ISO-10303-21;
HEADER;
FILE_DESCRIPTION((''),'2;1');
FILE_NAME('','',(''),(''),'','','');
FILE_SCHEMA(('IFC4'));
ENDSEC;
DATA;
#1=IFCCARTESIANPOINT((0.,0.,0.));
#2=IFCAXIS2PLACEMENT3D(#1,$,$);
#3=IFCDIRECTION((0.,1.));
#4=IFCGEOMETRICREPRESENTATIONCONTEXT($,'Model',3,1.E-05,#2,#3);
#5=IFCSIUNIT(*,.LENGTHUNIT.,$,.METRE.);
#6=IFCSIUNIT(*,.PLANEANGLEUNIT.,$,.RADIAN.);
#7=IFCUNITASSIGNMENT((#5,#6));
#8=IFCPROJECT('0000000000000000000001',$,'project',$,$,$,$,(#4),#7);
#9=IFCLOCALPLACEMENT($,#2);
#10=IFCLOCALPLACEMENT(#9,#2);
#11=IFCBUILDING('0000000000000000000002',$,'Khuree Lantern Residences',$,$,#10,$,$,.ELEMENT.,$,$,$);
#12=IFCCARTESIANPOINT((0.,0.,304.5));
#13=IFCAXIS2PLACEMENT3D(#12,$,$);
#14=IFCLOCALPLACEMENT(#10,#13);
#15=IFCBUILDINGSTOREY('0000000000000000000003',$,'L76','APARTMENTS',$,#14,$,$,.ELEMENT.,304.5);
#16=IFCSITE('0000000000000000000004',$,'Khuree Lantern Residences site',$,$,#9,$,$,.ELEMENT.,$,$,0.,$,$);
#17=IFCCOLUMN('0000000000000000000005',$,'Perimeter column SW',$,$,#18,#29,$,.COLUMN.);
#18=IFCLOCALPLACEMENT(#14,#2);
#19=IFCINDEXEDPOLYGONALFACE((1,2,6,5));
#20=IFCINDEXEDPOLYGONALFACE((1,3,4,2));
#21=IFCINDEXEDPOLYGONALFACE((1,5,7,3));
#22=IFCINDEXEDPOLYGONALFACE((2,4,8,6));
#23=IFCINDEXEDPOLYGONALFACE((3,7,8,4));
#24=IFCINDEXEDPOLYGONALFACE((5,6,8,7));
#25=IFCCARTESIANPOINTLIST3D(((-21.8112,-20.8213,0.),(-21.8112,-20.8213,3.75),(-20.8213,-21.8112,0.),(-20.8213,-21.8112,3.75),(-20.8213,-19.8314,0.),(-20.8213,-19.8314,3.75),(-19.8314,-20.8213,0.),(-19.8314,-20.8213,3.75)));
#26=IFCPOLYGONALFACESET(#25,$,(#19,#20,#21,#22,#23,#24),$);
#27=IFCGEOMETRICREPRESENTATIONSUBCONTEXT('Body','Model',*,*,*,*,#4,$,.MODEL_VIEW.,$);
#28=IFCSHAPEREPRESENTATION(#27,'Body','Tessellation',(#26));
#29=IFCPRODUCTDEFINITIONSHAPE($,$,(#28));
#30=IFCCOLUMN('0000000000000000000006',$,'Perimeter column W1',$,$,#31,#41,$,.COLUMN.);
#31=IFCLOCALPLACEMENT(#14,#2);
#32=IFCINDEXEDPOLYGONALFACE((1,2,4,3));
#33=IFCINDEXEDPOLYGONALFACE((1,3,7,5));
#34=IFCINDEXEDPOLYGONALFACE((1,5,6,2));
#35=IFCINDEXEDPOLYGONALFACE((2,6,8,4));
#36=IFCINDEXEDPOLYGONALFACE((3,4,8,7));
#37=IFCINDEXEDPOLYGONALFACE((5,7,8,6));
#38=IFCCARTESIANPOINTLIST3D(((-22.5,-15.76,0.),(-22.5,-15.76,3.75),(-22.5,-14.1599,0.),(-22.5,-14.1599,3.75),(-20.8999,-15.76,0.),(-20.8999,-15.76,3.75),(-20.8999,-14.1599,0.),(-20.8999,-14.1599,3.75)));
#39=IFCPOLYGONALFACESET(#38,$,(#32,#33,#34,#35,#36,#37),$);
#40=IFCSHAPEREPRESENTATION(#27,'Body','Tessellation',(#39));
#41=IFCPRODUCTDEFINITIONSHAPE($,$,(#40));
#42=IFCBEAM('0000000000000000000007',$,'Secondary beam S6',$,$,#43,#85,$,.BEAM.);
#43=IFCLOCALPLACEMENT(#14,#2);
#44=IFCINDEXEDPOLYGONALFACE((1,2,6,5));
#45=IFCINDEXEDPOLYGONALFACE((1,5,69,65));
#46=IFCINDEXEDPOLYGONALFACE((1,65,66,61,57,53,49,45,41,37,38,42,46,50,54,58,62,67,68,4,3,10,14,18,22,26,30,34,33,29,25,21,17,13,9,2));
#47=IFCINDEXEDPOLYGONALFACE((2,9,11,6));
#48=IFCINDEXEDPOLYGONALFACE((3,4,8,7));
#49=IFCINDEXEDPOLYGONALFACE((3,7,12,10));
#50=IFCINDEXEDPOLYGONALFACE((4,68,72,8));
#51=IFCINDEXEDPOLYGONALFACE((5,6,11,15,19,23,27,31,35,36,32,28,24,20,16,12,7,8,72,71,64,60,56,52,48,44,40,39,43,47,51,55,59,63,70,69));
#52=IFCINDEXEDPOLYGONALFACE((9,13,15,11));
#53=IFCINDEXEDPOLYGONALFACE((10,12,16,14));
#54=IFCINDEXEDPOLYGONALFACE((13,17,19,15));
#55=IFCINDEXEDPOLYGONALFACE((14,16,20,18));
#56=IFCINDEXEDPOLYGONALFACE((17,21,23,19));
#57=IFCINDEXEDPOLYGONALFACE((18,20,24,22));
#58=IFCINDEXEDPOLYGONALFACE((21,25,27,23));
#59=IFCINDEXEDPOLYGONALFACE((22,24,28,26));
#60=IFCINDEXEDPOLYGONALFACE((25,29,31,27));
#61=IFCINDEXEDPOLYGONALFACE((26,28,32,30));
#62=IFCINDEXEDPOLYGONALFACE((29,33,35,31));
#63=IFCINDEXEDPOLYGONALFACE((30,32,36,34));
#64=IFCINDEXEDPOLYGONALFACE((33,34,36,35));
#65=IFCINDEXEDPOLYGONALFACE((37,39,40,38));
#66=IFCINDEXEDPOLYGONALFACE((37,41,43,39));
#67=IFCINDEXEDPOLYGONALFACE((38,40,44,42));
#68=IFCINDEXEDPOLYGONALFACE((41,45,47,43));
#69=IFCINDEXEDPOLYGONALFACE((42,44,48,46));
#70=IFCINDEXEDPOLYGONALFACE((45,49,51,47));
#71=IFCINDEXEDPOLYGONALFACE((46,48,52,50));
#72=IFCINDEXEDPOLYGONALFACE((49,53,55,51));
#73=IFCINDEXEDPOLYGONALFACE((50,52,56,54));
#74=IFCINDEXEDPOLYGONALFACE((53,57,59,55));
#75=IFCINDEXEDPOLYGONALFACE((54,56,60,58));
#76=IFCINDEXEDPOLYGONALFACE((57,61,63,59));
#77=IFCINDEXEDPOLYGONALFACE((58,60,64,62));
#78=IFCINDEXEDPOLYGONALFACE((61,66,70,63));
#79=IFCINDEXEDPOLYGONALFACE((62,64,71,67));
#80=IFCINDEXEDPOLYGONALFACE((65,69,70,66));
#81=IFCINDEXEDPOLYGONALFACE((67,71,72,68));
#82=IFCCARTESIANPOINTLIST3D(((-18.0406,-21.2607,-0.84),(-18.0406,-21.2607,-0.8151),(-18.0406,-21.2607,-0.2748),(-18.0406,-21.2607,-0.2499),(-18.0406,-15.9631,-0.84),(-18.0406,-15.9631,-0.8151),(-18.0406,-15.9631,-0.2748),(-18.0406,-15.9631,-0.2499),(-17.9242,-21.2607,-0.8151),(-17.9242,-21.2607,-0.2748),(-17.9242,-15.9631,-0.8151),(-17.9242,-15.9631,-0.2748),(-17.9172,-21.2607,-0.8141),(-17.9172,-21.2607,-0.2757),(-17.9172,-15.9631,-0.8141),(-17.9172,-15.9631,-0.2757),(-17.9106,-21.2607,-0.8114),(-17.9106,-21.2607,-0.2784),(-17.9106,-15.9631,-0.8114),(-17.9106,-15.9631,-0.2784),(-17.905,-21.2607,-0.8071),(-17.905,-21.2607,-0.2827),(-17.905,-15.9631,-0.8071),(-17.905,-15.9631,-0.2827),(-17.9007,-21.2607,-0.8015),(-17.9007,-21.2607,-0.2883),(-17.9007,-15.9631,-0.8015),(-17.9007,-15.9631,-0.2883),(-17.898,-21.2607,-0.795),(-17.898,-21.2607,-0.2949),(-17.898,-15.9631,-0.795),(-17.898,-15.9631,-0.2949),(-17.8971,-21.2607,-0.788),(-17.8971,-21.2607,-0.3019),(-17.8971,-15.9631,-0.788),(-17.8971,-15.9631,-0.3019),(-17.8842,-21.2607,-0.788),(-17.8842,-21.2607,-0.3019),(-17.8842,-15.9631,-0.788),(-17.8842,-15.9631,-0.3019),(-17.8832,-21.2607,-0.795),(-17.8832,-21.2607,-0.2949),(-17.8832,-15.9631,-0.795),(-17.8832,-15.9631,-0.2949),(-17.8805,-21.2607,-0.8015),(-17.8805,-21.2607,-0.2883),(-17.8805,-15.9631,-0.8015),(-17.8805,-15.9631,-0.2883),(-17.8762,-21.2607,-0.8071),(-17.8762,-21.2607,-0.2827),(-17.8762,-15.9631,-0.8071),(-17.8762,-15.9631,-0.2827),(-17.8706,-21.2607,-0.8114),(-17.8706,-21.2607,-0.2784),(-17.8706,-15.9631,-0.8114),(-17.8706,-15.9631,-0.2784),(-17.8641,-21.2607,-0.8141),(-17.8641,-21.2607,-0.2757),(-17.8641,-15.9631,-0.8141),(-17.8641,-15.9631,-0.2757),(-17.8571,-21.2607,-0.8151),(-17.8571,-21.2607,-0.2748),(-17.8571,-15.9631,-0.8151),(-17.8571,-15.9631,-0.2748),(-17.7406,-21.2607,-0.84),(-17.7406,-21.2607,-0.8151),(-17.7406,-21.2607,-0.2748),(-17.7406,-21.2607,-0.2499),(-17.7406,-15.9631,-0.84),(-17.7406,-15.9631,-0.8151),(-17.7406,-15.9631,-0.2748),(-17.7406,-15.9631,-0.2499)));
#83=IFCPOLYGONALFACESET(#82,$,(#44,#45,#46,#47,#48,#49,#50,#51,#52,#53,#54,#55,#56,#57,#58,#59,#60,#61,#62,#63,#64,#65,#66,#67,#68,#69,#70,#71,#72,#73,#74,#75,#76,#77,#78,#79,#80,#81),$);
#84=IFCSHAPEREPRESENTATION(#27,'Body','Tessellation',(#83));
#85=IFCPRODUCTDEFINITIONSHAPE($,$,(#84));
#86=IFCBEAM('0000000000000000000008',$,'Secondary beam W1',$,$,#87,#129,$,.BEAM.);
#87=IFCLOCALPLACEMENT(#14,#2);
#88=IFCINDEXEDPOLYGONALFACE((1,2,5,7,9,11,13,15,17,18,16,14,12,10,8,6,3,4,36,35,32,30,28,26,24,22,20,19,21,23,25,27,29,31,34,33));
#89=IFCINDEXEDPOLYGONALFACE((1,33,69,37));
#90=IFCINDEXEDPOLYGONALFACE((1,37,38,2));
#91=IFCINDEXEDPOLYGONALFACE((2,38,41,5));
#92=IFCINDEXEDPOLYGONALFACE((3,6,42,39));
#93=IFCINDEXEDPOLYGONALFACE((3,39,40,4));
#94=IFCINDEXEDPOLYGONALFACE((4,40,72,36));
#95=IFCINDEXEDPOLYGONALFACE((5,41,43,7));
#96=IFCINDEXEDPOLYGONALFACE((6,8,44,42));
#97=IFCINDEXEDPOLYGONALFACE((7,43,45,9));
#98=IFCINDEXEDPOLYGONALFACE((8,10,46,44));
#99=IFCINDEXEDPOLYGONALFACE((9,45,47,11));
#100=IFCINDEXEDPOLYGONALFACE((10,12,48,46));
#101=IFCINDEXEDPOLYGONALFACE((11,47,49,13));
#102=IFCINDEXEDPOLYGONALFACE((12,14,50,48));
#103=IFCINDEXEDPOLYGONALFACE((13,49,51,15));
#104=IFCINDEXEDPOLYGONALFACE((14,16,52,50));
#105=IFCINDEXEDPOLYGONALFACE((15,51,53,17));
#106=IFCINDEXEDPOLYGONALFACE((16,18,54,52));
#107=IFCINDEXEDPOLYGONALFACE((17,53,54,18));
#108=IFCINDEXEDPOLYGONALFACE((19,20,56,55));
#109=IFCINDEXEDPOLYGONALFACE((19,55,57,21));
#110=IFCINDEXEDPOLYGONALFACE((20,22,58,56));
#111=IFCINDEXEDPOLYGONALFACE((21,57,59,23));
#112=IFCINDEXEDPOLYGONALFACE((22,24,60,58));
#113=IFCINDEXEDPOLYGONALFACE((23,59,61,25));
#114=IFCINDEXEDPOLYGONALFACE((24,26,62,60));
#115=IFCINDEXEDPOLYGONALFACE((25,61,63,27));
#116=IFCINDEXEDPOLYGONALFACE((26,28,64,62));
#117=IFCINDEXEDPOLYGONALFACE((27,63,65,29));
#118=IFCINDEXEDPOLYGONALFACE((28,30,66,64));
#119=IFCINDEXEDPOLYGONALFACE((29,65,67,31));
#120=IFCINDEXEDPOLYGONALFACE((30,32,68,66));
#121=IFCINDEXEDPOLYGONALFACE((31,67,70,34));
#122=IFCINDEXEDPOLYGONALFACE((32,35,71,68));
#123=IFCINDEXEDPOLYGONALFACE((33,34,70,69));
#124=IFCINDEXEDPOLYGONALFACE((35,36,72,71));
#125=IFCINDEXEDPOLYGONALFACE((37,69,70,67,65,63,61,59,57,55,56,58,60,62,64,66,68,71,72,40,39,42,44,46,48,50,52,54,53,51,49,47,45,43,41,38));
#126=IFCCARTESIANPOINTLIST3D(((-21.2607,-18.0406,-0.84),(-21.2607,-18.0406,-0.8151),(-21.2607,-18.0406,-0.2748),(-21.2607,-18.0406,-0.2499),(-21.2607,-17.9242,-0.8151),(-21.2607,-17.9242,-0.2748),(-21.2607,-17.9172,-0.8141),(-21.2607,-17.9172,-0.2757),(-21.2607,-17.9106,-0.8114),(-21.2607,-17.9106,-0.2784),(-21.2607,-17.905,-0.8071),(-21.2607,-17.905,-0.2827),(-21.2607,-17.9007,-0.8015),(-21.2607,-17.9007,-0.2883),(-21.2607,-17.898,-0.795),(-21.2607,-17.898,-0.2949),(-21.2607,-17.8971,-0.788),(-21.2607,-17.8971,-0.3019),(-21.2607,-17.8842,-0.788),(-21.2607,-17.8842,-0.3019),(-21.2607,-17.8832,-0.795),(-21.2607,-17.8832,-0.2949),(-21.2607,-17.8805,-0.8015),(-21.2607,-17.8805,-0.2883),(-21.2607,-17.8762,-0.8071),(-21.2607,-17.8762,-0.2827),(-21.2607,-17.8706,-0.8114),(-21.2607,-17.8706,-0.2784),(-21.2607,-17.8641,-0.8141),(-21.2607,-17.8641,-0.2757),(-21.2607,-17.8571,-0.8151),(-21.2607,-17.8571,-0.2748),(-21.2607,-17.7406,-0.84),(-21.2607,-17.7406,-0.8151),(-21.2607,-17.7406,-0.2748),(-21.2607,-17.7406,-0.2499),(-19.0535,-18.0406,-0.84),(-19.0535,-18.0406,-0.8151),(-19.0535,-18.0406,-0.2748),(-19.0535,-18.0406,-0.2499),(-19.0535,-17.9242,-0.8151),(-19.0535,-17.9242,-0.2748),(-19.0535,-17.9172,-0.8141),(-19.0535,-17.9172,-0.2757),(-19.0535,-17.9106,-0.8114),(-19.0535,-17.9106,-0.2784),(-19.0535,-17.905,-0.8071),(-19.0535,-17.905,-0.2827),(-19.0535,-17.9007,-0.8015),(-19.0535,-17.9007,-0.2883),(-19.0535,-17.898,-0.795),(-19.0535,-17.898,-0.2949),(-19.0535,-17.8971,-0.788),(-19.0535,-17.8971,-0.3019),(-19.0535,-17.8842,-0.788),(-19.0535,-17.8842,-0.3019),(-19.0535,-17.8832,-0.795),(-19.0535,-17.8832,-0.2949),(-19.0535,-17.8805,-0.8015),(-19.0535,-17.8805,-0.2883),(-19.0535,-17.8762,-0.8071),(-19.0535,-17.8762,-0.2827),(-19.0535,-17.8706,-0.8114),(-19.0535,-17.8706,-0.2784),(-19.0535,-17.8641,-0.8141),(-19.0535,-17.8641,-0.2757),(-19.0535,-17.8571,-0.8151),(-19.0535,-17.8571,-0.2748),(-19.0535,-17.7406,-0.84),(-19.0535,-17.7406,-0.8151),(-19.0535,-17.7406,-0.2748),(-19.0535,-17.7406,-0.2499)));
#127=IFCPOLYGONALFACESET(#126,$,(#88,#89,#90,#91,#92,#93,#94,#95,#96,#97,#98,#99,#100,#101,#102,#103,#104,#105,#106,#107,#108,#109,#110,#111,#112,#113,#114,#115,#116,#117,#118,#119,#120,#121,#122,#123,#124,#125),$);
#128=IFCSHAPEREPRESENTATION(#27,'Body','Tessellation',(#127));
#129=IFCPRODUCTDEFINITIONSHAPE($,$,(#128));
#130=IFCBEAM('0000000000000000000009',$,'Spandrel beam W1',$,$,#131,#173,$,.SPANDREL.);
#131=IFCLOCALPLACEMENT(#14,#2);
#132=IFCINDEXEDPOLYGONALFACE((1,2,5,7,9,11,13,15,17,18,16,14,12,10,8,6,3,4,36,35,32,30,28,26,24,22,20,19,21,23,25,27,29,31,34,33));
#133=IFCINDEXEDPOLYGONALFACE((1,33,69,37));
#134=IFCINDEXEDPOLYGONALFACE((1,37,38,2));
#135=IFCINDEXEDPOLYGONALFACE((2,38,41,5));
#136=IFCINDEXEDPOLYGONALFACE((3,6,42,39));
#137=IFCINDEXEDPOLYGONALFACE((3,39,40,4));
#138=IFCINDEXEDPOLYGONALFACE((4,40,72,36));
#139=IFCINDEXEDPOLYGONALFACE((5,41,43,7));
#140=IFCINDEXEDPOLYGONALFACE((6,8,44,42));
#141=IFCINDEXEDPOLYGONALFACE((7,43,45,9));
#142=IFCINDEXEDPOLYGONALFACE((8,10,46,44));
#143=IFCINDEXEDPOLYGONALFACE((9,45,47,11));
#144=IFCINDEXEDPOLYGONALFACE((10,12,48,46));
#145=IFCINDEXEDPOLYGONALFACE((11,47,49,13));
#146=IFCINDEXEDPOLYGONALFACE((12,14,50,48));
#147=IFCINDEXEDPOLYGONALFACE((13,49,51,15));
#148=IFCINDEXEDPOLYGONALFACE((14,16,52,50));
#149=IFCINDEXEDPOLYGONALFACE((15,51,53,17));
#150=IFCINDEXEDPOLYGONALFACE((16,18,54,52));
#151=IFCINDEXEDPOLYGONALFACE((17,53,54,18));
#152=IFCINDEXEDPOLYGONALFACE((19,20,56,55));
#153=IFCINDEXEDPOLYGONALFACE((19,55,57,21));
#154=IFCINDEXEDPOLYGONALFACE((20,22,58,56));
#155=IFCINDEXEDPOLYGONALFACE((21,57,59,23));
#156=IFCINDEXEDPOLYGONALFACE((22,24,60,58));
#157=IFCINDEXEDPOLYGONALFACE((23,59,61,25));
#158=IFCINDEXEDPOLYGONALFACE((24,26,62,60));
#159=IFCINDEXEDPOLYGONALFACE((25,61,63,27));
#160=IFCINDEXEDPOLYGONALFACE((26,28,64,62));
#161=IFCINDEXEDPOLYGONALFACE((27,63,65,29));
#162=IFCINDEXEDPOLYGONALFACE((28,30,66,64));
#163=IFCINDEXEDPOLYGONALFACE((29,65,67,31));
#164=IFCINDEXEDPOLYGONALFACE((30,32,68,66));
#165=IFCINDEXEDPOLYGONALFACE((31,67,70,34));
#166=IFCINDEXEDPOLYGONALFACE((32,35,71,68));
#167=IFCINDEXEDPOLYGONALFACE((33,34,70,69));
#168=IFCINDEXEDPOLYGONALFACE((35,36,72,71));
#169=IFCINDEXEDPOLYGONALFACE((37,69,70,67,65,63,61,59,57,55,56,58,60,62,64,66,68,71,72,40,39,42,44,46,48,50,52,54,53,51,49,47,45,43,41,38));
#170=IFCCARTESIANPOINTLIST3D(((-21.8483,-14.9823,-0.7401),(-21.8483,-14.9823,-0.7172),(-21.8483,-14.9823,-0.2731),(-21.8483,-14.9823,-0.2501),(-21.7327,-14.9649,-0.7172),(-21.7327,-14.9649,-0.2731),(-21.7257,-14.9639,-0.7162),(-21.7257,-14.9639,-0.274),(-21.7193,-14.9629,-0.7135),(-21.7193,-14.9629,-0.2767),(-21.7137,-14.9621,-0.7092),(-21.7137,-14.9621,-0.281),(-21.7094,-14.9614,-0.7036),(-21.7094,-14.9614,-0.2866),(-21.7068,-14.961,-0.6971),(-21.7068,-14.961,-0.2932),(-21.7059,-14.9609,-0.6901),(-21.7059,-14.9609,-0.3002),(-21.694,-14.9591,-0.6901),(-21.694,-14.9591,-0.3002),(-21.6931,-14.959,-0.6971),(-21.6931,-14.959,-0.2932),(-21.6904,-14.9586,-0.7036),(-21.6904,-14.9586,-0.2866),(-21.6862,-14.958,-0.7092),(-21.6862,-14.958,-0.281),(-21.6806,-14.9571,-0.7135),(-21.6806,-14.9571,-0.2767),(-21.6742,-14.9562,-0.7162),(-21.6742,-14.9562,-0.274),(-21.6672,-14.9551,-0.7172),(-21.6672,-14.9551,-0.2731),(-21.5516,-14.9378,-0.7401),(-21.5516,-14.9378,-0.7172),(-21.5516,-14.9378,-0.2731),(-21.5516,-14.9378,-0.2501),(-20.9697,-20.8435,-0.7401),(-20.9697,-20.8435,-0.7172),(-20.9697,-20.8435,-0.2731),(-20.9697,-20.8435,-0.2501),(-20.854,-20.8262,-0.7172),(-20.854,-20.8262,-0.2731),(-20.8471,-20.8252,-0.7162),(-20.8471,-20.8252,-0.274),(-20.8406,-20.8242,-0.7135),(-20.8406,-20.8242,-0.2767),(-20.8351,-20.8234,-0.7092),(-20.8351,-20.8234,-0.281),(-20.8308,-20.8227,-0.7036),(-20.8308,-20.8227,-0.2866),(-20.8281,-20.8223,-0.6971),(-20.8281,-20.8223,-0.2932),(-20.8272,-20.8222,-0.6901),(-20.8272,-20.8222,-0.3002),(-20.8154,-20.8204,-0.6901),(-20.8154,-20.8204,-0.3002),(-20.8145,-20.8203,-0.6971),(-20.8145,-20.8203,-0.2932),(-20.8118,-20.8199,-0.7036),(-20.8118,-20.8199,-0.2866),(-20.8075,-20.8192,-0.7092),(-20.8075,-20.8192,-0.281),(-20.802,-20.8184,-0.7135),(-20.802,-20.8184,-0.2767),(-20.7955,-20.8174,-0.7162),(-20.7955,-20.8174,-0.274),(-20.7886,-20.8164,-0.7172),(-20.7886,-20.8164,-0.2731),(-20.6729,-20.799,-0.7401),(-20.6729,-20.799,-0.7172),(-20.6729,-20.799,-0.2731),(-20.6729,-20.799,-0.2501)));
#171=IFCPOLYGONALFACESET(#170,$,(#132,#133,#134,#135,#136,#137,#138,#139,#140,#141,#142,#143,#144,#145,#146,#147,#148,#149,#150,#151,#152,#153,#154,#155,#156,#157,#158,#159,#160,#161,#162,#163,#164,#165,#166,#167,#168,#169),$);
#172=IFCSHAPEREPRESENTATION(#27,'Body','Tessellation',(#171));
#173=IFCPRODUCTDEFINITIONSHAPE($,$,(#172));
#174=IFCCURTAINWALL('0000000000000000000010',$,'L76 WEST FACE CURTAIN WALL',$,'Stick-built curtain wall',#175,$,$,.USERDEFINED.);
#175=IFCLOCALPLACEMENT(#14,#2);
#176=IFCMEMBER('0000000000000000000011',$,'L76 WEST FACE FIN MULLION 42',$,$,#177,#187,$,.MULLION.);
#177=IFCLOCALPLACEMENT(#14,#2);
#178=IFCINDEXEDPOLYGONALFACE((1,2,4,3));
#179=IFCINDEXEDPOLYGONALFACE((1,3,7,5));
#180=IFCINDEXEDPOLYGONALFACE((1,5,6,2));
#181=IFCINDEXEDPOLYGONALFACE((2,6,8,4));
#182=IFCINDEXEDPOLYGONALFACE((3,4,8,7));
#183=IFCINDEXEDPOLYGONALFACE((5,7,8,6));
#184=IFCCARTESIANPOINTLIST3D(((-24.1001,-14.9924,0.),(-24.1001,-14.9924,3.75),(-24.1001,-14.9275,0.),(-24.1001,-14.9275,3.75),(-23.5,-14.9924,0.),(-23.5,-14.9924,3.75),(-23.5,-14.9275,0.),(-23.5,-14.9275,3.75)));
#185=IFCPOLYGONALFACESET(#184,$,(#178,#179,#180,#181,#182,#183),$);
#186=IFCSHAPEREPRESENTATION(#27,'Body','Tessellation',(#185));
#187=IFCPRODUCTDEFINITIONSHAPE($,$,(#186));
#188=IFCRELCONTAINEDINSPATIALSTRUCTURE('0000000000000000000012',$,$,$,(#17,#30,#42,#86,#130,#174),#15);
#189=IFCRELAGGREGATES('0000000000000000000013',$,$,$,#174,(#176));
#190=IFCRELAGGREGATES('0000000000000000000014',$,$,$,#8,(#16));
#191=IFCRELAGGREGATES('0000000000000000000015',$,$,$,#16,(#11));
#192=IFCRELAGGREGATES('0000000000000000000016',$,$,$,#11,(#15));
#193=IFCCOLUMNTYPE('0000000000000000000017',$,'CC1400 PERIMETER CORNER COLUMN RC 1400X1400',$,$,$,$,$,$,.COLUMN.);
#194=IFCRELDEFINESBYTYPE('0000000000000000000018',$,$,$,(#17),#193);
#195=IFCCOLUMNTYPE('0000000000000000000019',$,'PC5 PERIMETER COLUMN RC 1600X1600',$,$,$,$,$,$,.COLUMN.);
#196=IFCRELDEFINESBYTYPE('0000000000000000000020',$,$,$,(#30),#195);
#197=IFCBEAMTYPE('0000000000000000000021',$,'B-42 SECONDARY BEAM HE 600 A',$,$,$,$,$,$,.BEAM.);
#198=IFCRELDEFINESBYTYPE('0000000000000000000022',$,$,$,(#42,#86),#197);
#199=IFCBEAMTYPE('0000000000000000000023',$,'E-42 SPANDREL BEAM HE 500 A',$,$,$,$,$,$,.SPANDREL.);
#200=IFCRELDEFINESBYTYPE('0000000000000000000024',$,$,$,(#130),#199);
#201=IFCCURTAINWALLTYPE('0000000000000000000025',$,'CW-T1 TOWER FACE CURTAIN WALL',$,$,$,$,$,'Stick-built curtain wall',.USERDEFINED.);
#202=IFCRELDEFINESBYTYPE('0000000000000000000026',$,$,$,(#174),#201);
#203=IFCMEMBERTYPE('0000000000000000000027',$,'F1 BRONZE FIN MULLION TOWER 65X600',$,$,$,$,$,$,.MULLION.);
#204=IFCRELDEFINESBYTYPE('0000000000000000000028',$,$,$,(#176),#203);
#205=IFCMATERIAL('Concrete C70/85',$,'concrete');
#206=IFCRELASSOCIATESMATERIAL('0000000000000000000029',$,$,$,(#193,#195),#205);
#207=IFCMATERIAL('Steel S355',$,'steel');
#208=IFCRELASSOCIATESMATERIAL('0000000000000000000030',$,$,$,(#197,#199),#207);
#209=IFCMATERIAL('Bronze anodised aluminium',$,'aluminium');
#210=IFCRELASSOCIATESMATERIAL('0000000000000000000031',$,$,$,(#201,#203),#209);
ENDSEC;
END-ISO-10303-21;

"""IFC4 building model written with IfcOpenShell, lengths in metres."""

from ifc_helpers import new_model, si_unit, direction, frame, origin, origin_2d, place, context, subcontext, project, spatial, rectangle, i_section, extrude, material, material_profile, profile_set, type_object, element, aggregate, save


model = new_model("IFC4")

# Units and contexts
model_context = context("Model", 3, precision=1e-05, world=origin(), true_north=direction((0.0, 1.0)))
body_context = subcontext(model_context, "Body", "Model", "MODEL_VIEW")
ifc_project = project(units=[si_unit("LENGTHUNIT", "METRE"), si_unit("PLANEANGLEUNIT", "RADIAN")], contexts=[model_context])

# Site, building, storey
site_placement = place(None, origin())
site = spatial("IfcSite", under=ifc_project, at=site_placement, Name="Khuree Lantern Residences site", CompositionType="ELEMENT", RefElevation=0.0)
building_placement = place(site_placement, origin())
building = spatial("IfcBuilding", under=site, at=building_placement, Name="Khuree Lantern Residences", CompositionType="ELEMENT")
storey_placement = place(building_placement, frame((0.0, 0.0, 304.5)))
storey = spatial("IfcBuildingStorey", under=building, at=storey_placement, Name="L76", Description="APARTMENTS", CompositionType="ELEMENT", Elevation=304.5)

# Columns
ifc_material_1 = material(Name="Concrete C70/85", Category="concrete")
ifc_material_profile_1 = material_profile(ifc_material_1, rectangle(XDim=1.3999, YDim=1.3999, at=origin_2d()), Name="RC 1400X1400")
ifc_profile_set_1 = profile_set([ifc_material_profile_1], Name="Concrete C70/85")
column_type_1 = type_object("IfcColumnType", Name="CC1400 PERIMETER CORNER COLUMN RC 1400X1400", PredefinedType="COLUMN", material=ifc_profile_set_1)
column_1_placement = place(storey_placement, frame((-20.8213, -20.8213, 0.0), z_axis=(0.0, 0.0, 1.0), x_axis=(0.707107, -0.707107, 0.0)))
element("IfcColumn", 1, at=column_1_placement, inside=storey, type_object=column_type_1, Name="Perimeter column SW", PredefinedType="COLUMN", context=body_context, shape_type="SweptSolid", body=[
    extrude(rectangle(XDim=1.3999, YDim=1.3999, at=origin_2d()), origin(), (0.0, 0.0, 1.0), 3.75),
])
ifc_material_profile_2 = material_profile(ifc_material_1, rectangle(XDim=1.6001, YDim=1.6001, at=origin_2d()), Name="RC 1600X1600")
ifc_profile_set_2 = profile_set([ifc_material_profile_2], Name="Concrete C70/85")
column_type_2 = type_object("IfcColumnType", Name="PC5 PERIMETER COLUMN RC 1600X1600", PredefinedType="COLUMN", material=ifc_profile_set_2)
column_2_placement = place(storey_placement, frame((-21.7, -14.96, 0.0), z_axis=(0.0, 0.0, 1.0), x_axis=(0.0, 1.0, 0.0)))
element("IfcColumn", 2, at=column_2_placement, inside=storey, type_object=column_type_2, Name="Perimeter column W1", PredefinedType="COLUMN", context=body_context, shape_type="SweptSolid", body=[
    extrude(rectangle(XDim=1.6001, YDim=1.6001, at=origin_2d()), origin(), (0.0, 0.0, 1.0), 3.75),
])

# Beams
ifc_material_2 = material(Name="Steel S355", Category="steel")
ifc_material_profile_3 = material_profile(ifc_material_2, i_section(OverallWidth=0.3, OverallDepth=0.5901, WebThickness=0.0129, FlangeThickness=0.0249, FilletRadius=0.0271, at=origin_2d()), Name="HE 600 A")
ifc_profile_set_3 = profile_set([ifc_material_profile_3], Name="Steel S355")
beam_type_1 = type_object("IfcBeamType", Name="B-42 SECONDARY BEAM HE 600 A", PredefinedType="BEAM", material=ifc_profile_set_3)
beam_1_placement = place(storey_placement, frame((-17.8906, -21.2607, -0.5449), z_axis=(0.0, 1.0, 0.0), x_axis=(-1.0, 0.0, 0.0)))
element("IfcBeam", 3, at=beam_1_placement, inside=storey, type_object=beam_type_1, Name="Secondary beam S6", PredefinedType="BEAM", context=body_context, shape_type="SweptSolid", body=[
    extrude(i_section(OverallWidth=0.3, OverallDepth=0.5901, WebThickness=0.0129, FlangeThickness=0.0249, FilletRadius=0.0271, at=origin_2d()), origin(), (0.0, 0.0, 1.0), 5.2976),
])
beam_2_placement = place(storey_placement, frame((-21.2607, -17.8906, -0.5449), z_axis=(1.0, 0.0, 0.0), x_axis=(0.0, 1.0, 0.0)))
element("IfcBeam", 4, at=beam_2_placement, inside=storey, type_object=beam_type_1, Name="Secondary beam W1", PredefinedType="BEAM", context=body_context, shape_type="SweptSolid", body=[
    extrude(i_section(OverallWidth=0.3, OverallDepth=0.5901, WebThickness=0.0129, FlangeThickness=0.0249, FilletRadius=0.0271, at=origin_2d()), origin(), (0.0, 0.0, 1.0), 2.2073),
])
ifc_material_profile_4 = material_profile(ifc_material_2, i_section(OverallWidth=0.3, OverallDepth=0.49, WebThickness=0.012, FlangeThickness=0.0229, FilletRadius=0.0271, at=origin_2d()), Name="HE 500 A")
ifc_profile_set_4 = profile_set([ifc_material_profile_4], Name="Steel S355")
beam_type_2 = type_object("IfcBeamType", Name="E-42 SPANDREL BEAM HE 500 A", PredefinedType="SPANDREL", material=ifc_profile_set_4)
beam_3_placement = place(storey_placement, frame((-20.8213, -20.8213, -0.4951), z_axis=(-0.148252, 0.98895, 0.0), x_axis=(-0.98895, -0.148252, 0.0)))
element("IfcBeam", 5, at=beam_3_placement, inside=storey, type_object=beam_type_2, Name="Spandrel beam W1", PredefinedType="SPANDREL", context=body_context, shape_type="SweptSolid", body=[
    extrude(i_section(OverallWidth=0.3, OverallDepth=0.49, WebThickness=0.012, FlangeThickness=0.0229, FilletRadius=0.0271, at=origin_2d()), origin(), (0.0, 0.0, 1.0), 5.9268),
])

# Curtain wall, member
ifc_material_3 = material(Name="Bronze anodised aluminium", Category="aluminium")
curtain_wall_type_1 = type_object("IfcCurtainWallType", Name="CW-T1 TOWER FACE CURTAIN WALL", ElementType="Stick-built curtain wall", PredefinedType="USERDEFINED", material=ifc_material_3)
curtain_wall_1_placement = place(storey_placement, origin())
curtain_wall_1 = element("IfcCurtainWall", 6, at=curtain_wall_1_placement, inside=storey, type_object=curtain_wall_type_1, Name="L76 WEST FACE CURTAIN WALL", ObjectType="Stick-built curtain wall", PredefinedType="USERDEFINED")
ifc_material_profile_5 = material_profile(ifc_material_3, rectangle(XDim=0.0649, YDim=0.6001, at=origin_2d()), Name="F1 65X600")
ifc_profile_set_5 = profile_set([ifc_material_profile_5], Name="Bronze anodised aluminium")
member_type_1 = type_object("IfcMemberType", Name="F1 BRONZE FIN MULLION TOWER 65X600", PredefinedType="MULLION", material=ifc_profile_set_5)
member_1_placement = place(storey_placement, frame((-23.8, -14.96, 0.0), z_axis=(0.0, 0.0, 1.0), x_axis=(0.0, -1.0, 0.0)))
member_1 = element("IfcMember", 7, at=member_1_placement, type_object=member_type_1, Name="L76 WEST FACE FIN MULLION 42", PredefinedType="MULLION", context=body_context, shape_type="SweptSolid", body=[
    extrude(rectangle(XDim=0.0649, YDim=0.6001, at=origin_2d()), origin(), (0.0, 0.0, 1.0), 3.75),
])

aggregate(curtain_wall_1, [member_1])

save(model, "model.ifc")
